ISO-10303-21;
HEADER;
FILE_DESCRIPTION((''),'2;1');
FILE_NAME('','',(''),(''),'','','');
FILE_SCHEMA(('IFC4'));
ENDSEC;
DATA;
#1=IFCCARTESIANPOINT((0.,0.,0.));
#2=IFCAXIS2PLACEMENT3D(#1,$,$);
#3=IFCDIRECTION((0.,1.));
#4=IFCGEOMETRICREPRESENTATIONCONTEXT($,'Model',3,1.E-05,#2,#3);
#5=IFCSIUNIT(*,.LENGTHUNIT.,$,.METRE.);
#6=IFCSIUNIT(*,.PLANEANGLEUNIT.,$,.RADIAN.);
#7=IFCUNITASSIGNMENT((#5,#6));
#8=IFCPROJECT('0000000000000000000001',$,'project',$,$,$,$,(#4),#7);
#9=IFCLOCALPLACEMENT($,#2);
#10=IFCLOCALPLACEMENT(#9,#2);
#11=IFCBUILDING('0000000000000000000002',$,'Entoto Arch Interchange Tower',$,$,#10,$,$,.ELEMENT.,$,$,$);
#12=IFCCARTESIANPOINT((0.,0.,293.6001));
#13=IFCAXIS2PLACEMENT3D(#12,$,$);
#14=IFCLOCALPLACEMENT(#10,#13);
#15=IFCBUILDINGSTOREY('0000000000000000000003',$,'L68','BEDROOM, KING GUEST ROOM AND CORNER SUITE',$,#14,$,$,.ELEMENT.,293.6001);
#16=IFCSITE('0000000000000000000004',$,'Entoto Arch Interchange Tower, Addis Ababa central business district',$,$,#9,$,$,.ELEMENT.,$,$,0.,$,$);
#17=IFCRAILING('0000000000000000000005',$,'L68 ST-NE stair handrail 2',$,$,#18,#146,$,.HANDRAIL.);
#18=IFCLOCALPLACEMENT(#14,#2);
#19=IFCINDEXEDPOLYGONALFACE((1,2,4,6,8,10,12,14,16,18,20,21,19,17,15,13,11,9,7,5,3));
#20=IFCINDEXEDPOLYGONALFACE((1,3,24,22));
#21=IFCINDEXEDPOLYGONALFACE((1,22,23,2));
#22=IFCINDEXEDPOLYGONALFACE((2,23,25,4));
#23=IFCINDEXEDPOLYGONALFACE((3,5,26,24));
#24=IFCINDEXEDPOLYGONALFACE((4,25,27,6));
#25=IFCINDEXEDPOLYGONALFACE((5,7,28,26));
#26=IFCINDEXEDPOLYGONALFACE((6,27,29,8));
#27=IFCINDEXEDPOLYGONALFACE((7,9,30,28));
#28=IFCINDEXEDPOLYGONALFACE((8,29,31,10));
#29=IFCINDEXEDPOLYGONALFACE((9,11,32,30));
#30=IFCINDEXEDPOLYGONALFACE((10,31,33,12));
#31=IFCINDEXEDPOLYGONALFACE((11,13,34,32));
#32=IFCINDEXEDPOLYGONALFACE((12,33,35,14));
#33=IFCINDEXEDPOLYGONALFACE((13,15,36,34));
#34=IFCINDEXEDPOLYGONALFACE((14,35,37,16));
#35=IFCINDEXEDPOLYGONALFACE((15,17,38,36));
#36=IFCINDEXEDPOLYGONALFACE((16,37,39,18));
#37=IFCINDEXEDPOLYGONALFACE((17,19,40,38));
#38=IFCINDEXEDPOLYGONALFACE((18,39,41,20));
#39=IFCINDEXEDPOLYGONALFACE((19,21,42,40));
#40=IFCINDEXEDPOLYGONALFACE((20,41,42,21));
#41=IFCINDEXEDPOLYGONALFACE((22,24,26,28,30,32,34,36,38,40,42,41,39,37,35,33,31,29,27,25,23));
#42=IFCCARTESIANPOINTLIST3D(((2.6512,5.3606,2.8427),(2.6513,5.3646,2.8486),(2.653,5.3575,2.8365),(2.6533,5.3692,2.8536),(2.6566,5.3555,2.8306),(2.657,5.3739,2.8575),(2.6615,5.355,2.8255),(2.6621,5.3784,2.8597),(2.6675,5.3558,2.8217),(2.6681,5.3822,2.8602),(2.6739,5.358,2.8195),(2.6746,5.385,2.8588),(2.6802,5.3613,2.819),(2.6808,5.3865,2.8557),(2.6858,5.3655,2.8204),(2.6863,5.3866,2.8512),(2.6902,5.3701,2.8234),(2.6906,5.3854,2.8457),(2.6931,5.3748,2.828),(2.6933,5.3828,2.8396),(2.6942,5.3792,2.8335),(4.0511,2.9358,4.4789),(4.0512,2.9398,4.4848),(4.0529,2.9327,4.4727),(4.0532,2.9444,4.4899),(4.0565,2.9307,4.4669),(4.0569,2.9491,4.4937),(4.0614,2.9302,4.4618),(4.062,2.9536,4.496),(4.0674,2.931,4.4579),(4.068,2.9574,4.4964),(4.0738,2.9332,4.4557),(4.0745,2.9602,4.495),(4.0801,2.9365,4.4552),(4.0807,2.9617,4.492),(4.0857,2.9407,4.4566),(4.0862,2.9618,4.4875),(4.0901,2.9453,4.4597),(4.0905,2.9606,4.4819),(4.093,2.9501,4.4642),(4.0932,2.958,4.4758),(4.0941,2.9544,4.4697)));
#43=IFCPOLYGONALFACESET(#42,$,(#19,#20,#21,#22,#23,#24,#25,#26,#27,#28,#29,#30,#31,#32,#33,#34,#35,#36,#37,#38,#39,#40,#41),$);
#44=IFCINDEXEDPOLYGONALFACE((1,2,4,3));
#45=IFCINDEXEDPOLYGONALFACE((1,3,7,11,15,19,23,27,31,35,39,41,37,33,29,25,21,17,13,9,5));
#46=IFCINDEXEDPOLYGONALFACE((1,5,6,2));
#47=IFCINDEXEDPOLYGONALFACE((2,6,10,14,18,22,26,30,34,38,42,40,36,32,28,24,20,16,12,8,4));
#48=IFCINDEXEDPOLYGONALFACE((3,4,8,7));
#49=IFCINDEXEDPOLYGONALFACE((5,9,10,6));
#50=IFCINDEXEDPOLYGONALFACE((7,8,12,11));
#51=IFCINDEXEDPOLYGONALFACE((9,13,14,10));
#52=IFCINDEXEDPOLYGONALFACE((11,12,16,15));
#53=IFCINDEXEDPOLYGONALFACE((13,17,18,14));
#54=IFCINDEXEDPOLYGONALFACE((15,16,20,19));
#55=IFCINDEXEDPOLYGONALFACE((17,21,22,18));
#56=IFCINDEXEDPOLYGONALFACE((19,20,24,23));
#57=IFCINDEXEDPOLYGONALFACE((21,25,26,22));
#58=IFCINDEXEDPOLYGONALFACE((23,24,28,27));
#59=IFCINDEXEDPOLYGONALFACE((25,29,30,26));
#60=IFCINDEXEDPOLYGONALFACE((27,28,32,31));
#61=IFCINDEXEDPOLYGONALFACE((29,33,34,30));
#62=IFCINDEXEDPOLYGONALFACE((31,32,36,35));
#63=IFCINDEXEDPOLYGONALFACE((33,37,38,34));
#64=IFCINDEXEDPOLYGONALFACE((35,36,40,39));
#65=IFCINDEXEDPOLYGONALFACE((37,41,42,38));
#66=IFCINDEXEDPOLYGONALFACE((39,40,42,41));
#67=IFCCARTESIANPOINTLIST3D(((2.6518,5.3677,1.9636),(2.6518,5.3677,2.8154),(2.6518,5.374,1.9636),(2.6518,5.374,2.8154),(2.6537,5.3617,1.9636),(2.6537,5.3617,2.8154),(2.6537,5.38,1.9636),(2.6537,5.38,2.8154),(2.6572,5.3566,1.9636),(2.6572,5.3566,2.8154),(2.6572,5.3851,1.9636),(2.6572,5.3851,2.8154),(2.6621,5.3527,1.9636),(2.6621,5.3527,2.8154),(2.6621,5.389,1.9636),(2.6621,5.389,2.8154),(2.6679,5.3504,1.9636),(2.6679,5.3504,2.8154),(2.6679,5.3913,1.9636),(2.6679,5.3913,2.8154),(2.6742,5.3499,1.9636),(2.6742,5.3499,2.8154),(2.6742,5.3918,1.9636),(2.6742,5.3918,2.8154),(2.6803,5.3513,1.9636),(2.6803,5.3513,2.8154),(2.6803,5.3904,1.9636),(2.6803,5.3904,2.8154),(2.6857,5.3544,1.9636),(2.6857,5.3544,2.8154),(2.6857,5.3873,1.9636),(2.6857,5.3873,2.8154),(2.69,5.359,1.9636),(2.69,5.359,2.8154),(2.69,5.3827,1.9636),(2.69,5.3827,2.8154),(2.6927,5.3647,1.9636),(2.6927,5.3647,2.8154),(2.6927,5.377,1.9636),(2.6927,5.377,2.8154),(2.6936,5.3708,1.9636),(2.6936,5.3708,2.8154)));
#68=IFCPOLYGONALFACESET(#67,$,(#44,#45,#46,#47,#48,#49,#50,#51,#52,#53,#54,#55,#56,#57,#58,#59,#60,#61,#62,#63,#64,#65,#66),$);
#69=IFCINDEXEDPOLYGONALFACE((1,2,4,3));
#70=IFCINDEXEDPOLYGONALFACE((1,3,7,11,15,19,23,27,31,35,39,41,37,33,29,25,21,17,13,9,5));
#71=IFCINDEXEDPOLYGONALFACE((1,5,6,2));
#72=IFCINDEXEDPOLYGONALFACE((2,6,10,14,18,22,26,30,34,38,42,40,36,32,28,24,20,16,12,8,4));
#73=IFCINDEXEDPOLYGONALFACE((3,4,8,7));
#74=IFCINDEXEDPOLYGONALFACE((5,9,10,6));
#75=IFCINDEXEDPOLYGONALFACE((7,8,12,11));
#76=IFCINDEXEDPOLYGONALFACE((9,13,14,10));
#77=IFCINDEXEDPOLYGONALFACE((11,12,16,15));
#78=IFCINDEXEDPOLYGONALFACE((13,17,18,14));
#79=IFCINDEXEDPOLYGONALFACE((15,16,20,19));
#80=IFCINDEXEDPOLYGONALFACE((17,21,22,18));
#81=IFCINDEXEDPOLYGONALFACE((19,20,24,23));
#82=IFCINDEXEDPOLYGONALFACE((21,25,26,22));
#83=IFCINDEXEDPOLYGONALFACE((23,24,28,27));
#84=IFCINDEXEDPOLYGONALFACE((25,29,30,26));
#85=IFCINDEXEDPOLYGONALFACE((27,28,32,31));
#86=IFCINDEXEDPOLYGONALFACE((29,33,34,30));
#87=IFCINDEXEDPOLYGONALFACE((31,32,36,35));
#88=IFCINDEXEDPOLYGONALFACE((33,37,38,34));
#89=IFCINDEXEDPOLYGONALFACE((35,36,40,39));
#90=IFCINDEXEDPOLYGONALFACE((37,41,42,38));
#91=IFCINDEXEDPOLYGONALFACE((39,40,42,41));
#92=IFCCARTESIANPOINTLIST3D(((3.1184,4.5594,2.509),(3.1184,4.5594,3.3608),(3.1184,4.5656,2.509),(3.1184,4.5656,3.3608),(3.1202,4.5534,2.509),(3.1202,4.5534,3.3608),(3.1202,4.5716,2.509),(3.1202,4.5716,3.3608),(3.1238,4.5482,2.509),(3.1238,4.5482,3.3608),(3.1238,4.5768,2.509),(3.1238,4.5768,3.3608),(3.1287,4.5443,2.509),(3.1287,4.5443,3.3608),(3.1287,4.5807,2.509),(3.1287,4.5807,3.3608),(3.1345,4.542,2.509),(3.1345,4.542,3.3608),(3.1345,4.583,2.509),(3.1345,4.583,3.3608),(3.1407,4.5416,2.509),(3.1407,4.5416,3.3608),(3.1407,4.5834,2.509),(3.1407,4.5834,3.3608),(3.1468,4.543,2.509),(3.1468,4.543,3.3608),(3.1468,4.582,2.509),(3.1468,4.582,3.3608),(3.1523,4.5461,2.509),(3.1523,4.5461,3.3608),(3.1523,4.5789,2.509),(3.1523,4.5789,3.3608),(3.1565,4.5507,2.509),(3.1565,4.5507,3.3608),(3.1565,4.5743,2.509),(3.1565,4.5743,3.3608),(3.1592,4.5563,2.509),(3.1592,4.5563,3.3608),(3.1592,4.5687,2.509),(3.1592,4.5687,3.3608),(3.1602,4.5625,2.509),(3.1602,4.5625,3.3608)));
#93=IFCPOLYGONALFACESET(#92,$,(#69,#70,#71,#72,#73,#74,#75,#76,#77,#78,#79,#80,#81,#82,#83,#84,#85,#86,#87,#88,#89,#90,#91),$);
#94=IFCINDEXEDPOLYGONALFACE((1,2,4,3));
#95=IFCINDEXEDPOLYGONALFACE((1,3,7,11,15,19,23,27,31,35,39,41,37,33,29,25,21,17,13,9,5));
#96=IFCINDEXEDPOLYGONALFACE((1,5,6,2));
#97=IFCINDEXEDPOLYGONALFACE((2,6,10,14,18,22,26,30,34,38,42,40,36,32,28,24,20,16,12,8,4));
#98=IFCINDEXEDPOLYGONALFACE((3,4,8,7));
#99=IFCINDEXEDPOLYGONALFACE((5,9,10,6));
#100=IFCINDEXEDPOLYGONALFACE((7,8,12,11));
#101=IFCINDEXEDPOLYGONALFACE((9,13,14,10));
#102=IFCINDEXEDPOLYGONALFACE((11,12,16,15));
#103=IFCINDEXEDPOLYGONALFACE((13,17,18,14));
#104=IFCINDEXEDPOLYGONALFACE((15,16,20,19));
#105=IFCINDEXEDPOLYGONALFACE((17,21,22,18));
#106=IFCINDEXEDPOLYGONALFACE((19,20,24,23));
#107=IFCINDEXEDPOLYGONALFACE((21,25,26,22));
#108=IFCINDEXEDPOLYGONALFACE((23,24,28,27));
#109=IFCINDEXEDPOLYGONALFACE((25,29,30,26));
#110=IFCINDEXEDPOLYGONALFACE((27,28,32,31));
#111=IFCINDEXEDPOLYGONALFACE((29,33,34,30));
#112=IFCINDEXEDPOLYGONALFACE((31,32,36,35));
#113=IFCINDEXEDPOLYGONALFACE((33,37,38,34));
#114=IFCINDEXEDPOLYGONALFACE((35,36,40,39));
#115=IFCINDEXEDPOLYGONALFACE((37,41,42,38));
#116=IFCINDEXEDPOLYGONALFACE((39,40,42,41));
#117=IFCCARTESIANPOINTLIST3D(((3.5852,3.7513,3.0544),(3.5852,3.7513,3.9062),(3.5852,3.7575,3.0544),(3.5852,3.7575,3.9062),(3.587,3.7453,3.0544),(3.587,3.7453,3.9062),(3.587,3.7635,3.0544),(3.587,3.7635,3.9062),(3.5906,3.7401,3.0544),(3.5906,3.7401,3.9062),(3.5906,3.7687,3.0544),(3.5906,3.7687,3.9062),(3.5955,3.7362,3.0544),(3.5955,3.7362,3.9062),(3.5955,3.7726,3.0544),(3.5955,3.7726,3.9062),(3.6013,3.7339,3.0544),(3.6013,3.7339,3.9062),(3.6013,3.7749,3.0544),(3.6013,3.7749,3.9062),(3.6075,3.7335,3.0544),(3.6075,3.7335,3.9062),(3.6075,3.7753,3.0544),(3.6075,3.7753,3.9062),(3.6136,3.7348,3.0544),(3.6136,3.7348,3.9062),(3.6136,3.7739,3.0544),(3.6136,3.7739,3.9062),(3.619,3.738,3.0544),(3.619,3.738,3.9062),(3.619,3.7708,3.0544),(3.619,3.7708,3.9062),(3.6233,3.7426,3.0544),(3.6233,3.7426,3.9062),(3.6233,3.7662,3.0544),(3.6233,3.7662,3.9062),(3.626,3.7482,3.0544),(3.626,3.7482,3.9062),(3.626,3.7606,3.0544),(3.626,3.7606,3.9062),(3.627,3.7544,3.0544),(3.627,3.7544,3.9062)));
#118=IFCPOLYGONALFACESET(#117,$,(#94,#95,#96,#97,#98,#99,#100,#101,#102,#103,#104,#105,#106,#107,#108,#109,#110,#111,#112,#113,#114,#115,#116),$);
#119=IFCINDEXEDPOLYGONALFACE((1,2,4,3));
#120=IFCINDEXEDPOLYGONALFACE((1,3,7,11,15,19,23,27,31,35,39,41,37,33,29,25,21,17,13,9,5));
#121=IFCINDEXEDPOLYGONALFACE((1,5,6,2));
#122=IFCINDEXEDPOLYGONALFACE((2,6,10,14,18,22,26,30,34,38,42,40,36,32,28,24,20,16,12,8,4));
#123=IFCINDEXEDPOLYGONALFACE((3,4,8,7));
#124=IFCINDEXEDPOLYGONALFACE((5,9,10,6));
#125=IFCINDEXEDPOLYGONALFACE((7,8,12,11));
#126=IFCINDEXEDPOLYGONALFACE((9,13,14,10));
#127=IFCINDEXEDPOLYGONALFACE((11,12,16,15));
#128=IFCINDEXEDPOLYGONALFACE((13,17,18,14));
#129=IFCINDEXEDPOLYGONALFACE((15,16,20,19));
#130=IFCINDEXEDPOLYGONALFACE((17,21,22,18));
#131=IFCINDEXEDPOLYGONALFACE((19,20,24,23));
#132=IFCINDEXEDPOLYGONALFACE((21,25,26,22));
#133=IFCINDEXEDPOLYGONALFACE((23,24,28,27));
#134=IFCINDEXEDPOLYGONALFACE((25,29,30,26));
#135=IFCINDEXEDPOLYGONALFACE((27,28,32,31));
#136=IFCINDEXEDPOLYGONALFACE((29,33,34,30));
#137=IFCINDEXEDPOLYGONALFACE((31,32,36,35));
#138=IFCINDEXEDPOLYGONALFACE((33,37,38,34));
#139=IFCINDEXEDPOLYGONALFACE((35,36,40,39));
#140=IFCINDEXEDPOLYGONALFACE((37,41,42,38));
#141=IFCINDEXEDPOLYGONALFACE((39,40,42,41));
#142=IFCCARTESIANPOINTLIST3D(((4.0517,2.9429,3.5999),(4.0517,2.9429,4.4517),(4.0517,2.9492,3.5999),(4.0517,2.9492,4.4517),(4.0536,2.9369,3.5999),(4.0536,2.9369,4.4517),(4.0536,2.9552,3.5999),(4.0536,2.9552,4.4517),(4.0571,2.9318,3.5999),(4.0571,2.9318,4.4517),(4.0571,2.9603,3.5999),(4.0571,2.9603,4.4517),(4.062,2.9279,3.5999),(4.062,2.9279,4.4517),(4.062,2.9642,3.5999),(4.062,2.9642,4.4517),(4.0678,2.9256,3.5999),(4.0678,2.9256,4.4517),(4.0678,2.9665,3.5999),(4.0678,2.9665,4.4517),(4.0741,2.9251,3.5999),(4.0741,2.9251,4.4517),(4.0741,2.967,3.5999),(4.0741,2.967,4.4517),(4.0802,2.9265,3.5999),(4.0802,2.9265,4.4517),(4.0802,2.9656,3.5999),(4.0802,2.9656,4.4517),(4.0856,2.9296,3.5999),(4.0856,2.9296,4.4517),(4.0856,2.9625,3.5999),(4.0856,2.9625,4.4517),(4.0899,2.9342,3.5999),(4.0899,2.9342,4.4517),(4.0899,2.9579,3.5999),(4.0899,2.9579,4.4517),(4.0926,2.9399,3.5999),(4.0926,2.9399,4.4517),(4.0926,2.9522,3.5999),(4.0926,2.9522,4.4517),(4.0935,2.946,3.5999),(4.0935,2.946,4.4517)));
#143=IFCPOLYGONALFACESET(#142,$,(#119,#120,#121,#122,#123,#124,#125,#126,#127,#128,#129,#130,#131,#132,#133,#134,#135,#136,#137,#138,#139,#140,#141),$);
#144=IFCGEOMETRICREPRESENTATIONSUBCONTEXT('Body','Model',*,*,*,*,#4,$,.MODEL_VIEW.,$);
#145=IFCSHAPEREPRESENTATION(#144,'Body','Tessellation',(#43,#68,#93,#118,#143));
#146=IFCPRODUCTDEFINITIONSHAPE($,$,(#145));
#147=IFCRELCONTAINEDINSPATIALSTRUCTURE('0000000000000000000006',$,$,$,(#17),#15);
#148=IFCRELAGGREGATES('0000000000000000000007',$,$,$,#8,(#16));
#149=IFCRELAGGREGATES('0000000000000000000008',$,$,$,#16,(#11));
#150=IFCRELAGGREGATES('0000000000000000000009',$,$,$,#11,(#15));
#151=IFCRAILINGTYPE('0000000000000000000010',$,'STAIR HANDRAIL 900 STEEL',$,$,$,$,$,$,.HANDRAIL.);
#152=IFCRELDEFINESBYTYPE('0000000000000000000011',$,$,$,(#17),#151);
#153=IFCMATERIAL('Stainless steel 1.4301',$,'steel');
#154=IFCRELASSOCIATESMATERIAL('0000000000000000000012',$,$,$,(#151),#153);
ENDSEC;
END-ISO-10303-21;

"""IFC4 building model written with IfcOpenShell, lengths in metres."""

from ifc_helpers import new_model, si_unit, direction, frame, origin, origin_2d, place, context, subcontext, project, spatial, circle, extrude, material, type_object, element, save


model = new_model("IFC4")

# Units and contexts
model_context = context("Model", 3, precision=1e-05, world=origin(), true_north=direction((0.0, 1.0)))
body_context = subcontext(model_context, "Body", "Model", "MODEL_VIEW")
ifc_project = project(units=[si_unit("LENGTHUNIT", "METRE"), si_unit("PLANEANGLEUNIT", "RADIAN")], contexts=[model_context])

# Site, building, storey
site_placement = place(None, origin())
site = spatial("IfcSite", under=ifc_project, at=site_placement, Name="Entoto Arch Interchange Tower, Addis Ababa central business district", CompositionType="ELEMENT", RefElevation=0.0)
building_placement = place(site_placement, origin())
building = spatial("IfcBuilding", under=site, at=building_placement, Name="Entoto Arch Interchange Tower", CompositionType="ELEMENT")
storey_placement = place(building_placement, frame((0.0, 0.0, 293.6001)))
storey = spatial("IfcBuildingStorey", under=building, at=storey_placement, Name="L68", Description="BEDROOM, KING GUEST ROOM AND CORNER SUITE", CompositionType="ELEMENT", Elevation=293.6001)

# Railing
ifc_material_1 = material(Name="Stainless steel 1.4301", Category="steel")
railing_type_1 = type_object("IfcRailingType", Name="STAIR HANDRAIL 900 STEEL", PredefinedType="HANDRAIL", material=ifc_material_1)
railing_1_placement = place(storey_placement, frame((2.6726, 5.3708, 1.9636)))
element("IfcRailing", 1, at=railing_1_placement, inside=storey, type_object=railing_type_1, Name="L68 ST-NE stair handrail 2", PredefinedType="HANDRAIL", context=body_context, shape_type="SweptSolid", body=[
    extrude(circle(Radius=0.0239, at=origin_2d()), frame((0.0, 0.0, 0.876), z_axis=(0.431677, -0.747718, 0.504552), x_axis=(0.866035, 0.499984, 0.0)), (0.0, 0.0, 1.0), 3.2429),
    extrude(circle(Radius=0.021, at=origin_2d()), origin(), (0.0, 0.0, 1.0), 0.8518),
    extrude(circle(Radius=0.021, at=origin_2d()), frame((0.4666, -0.8083, 0.5454)), (0.0, 0.0, 1.0), 0.8518),
    extrude(circle(Radius=0.021, at=origin_2d()), frame((0.9333, -1.6165, 1.0908)), (0.0, 0.0, 1.0), 0.8518),
    extrude(circle(Radius=0.021, at=origin_2d()), frame((1.3999, -2.4248, 1.6362)), (0.0, 0.0, 1.0), 0.8518),
])

save(model, "model.ifc")
